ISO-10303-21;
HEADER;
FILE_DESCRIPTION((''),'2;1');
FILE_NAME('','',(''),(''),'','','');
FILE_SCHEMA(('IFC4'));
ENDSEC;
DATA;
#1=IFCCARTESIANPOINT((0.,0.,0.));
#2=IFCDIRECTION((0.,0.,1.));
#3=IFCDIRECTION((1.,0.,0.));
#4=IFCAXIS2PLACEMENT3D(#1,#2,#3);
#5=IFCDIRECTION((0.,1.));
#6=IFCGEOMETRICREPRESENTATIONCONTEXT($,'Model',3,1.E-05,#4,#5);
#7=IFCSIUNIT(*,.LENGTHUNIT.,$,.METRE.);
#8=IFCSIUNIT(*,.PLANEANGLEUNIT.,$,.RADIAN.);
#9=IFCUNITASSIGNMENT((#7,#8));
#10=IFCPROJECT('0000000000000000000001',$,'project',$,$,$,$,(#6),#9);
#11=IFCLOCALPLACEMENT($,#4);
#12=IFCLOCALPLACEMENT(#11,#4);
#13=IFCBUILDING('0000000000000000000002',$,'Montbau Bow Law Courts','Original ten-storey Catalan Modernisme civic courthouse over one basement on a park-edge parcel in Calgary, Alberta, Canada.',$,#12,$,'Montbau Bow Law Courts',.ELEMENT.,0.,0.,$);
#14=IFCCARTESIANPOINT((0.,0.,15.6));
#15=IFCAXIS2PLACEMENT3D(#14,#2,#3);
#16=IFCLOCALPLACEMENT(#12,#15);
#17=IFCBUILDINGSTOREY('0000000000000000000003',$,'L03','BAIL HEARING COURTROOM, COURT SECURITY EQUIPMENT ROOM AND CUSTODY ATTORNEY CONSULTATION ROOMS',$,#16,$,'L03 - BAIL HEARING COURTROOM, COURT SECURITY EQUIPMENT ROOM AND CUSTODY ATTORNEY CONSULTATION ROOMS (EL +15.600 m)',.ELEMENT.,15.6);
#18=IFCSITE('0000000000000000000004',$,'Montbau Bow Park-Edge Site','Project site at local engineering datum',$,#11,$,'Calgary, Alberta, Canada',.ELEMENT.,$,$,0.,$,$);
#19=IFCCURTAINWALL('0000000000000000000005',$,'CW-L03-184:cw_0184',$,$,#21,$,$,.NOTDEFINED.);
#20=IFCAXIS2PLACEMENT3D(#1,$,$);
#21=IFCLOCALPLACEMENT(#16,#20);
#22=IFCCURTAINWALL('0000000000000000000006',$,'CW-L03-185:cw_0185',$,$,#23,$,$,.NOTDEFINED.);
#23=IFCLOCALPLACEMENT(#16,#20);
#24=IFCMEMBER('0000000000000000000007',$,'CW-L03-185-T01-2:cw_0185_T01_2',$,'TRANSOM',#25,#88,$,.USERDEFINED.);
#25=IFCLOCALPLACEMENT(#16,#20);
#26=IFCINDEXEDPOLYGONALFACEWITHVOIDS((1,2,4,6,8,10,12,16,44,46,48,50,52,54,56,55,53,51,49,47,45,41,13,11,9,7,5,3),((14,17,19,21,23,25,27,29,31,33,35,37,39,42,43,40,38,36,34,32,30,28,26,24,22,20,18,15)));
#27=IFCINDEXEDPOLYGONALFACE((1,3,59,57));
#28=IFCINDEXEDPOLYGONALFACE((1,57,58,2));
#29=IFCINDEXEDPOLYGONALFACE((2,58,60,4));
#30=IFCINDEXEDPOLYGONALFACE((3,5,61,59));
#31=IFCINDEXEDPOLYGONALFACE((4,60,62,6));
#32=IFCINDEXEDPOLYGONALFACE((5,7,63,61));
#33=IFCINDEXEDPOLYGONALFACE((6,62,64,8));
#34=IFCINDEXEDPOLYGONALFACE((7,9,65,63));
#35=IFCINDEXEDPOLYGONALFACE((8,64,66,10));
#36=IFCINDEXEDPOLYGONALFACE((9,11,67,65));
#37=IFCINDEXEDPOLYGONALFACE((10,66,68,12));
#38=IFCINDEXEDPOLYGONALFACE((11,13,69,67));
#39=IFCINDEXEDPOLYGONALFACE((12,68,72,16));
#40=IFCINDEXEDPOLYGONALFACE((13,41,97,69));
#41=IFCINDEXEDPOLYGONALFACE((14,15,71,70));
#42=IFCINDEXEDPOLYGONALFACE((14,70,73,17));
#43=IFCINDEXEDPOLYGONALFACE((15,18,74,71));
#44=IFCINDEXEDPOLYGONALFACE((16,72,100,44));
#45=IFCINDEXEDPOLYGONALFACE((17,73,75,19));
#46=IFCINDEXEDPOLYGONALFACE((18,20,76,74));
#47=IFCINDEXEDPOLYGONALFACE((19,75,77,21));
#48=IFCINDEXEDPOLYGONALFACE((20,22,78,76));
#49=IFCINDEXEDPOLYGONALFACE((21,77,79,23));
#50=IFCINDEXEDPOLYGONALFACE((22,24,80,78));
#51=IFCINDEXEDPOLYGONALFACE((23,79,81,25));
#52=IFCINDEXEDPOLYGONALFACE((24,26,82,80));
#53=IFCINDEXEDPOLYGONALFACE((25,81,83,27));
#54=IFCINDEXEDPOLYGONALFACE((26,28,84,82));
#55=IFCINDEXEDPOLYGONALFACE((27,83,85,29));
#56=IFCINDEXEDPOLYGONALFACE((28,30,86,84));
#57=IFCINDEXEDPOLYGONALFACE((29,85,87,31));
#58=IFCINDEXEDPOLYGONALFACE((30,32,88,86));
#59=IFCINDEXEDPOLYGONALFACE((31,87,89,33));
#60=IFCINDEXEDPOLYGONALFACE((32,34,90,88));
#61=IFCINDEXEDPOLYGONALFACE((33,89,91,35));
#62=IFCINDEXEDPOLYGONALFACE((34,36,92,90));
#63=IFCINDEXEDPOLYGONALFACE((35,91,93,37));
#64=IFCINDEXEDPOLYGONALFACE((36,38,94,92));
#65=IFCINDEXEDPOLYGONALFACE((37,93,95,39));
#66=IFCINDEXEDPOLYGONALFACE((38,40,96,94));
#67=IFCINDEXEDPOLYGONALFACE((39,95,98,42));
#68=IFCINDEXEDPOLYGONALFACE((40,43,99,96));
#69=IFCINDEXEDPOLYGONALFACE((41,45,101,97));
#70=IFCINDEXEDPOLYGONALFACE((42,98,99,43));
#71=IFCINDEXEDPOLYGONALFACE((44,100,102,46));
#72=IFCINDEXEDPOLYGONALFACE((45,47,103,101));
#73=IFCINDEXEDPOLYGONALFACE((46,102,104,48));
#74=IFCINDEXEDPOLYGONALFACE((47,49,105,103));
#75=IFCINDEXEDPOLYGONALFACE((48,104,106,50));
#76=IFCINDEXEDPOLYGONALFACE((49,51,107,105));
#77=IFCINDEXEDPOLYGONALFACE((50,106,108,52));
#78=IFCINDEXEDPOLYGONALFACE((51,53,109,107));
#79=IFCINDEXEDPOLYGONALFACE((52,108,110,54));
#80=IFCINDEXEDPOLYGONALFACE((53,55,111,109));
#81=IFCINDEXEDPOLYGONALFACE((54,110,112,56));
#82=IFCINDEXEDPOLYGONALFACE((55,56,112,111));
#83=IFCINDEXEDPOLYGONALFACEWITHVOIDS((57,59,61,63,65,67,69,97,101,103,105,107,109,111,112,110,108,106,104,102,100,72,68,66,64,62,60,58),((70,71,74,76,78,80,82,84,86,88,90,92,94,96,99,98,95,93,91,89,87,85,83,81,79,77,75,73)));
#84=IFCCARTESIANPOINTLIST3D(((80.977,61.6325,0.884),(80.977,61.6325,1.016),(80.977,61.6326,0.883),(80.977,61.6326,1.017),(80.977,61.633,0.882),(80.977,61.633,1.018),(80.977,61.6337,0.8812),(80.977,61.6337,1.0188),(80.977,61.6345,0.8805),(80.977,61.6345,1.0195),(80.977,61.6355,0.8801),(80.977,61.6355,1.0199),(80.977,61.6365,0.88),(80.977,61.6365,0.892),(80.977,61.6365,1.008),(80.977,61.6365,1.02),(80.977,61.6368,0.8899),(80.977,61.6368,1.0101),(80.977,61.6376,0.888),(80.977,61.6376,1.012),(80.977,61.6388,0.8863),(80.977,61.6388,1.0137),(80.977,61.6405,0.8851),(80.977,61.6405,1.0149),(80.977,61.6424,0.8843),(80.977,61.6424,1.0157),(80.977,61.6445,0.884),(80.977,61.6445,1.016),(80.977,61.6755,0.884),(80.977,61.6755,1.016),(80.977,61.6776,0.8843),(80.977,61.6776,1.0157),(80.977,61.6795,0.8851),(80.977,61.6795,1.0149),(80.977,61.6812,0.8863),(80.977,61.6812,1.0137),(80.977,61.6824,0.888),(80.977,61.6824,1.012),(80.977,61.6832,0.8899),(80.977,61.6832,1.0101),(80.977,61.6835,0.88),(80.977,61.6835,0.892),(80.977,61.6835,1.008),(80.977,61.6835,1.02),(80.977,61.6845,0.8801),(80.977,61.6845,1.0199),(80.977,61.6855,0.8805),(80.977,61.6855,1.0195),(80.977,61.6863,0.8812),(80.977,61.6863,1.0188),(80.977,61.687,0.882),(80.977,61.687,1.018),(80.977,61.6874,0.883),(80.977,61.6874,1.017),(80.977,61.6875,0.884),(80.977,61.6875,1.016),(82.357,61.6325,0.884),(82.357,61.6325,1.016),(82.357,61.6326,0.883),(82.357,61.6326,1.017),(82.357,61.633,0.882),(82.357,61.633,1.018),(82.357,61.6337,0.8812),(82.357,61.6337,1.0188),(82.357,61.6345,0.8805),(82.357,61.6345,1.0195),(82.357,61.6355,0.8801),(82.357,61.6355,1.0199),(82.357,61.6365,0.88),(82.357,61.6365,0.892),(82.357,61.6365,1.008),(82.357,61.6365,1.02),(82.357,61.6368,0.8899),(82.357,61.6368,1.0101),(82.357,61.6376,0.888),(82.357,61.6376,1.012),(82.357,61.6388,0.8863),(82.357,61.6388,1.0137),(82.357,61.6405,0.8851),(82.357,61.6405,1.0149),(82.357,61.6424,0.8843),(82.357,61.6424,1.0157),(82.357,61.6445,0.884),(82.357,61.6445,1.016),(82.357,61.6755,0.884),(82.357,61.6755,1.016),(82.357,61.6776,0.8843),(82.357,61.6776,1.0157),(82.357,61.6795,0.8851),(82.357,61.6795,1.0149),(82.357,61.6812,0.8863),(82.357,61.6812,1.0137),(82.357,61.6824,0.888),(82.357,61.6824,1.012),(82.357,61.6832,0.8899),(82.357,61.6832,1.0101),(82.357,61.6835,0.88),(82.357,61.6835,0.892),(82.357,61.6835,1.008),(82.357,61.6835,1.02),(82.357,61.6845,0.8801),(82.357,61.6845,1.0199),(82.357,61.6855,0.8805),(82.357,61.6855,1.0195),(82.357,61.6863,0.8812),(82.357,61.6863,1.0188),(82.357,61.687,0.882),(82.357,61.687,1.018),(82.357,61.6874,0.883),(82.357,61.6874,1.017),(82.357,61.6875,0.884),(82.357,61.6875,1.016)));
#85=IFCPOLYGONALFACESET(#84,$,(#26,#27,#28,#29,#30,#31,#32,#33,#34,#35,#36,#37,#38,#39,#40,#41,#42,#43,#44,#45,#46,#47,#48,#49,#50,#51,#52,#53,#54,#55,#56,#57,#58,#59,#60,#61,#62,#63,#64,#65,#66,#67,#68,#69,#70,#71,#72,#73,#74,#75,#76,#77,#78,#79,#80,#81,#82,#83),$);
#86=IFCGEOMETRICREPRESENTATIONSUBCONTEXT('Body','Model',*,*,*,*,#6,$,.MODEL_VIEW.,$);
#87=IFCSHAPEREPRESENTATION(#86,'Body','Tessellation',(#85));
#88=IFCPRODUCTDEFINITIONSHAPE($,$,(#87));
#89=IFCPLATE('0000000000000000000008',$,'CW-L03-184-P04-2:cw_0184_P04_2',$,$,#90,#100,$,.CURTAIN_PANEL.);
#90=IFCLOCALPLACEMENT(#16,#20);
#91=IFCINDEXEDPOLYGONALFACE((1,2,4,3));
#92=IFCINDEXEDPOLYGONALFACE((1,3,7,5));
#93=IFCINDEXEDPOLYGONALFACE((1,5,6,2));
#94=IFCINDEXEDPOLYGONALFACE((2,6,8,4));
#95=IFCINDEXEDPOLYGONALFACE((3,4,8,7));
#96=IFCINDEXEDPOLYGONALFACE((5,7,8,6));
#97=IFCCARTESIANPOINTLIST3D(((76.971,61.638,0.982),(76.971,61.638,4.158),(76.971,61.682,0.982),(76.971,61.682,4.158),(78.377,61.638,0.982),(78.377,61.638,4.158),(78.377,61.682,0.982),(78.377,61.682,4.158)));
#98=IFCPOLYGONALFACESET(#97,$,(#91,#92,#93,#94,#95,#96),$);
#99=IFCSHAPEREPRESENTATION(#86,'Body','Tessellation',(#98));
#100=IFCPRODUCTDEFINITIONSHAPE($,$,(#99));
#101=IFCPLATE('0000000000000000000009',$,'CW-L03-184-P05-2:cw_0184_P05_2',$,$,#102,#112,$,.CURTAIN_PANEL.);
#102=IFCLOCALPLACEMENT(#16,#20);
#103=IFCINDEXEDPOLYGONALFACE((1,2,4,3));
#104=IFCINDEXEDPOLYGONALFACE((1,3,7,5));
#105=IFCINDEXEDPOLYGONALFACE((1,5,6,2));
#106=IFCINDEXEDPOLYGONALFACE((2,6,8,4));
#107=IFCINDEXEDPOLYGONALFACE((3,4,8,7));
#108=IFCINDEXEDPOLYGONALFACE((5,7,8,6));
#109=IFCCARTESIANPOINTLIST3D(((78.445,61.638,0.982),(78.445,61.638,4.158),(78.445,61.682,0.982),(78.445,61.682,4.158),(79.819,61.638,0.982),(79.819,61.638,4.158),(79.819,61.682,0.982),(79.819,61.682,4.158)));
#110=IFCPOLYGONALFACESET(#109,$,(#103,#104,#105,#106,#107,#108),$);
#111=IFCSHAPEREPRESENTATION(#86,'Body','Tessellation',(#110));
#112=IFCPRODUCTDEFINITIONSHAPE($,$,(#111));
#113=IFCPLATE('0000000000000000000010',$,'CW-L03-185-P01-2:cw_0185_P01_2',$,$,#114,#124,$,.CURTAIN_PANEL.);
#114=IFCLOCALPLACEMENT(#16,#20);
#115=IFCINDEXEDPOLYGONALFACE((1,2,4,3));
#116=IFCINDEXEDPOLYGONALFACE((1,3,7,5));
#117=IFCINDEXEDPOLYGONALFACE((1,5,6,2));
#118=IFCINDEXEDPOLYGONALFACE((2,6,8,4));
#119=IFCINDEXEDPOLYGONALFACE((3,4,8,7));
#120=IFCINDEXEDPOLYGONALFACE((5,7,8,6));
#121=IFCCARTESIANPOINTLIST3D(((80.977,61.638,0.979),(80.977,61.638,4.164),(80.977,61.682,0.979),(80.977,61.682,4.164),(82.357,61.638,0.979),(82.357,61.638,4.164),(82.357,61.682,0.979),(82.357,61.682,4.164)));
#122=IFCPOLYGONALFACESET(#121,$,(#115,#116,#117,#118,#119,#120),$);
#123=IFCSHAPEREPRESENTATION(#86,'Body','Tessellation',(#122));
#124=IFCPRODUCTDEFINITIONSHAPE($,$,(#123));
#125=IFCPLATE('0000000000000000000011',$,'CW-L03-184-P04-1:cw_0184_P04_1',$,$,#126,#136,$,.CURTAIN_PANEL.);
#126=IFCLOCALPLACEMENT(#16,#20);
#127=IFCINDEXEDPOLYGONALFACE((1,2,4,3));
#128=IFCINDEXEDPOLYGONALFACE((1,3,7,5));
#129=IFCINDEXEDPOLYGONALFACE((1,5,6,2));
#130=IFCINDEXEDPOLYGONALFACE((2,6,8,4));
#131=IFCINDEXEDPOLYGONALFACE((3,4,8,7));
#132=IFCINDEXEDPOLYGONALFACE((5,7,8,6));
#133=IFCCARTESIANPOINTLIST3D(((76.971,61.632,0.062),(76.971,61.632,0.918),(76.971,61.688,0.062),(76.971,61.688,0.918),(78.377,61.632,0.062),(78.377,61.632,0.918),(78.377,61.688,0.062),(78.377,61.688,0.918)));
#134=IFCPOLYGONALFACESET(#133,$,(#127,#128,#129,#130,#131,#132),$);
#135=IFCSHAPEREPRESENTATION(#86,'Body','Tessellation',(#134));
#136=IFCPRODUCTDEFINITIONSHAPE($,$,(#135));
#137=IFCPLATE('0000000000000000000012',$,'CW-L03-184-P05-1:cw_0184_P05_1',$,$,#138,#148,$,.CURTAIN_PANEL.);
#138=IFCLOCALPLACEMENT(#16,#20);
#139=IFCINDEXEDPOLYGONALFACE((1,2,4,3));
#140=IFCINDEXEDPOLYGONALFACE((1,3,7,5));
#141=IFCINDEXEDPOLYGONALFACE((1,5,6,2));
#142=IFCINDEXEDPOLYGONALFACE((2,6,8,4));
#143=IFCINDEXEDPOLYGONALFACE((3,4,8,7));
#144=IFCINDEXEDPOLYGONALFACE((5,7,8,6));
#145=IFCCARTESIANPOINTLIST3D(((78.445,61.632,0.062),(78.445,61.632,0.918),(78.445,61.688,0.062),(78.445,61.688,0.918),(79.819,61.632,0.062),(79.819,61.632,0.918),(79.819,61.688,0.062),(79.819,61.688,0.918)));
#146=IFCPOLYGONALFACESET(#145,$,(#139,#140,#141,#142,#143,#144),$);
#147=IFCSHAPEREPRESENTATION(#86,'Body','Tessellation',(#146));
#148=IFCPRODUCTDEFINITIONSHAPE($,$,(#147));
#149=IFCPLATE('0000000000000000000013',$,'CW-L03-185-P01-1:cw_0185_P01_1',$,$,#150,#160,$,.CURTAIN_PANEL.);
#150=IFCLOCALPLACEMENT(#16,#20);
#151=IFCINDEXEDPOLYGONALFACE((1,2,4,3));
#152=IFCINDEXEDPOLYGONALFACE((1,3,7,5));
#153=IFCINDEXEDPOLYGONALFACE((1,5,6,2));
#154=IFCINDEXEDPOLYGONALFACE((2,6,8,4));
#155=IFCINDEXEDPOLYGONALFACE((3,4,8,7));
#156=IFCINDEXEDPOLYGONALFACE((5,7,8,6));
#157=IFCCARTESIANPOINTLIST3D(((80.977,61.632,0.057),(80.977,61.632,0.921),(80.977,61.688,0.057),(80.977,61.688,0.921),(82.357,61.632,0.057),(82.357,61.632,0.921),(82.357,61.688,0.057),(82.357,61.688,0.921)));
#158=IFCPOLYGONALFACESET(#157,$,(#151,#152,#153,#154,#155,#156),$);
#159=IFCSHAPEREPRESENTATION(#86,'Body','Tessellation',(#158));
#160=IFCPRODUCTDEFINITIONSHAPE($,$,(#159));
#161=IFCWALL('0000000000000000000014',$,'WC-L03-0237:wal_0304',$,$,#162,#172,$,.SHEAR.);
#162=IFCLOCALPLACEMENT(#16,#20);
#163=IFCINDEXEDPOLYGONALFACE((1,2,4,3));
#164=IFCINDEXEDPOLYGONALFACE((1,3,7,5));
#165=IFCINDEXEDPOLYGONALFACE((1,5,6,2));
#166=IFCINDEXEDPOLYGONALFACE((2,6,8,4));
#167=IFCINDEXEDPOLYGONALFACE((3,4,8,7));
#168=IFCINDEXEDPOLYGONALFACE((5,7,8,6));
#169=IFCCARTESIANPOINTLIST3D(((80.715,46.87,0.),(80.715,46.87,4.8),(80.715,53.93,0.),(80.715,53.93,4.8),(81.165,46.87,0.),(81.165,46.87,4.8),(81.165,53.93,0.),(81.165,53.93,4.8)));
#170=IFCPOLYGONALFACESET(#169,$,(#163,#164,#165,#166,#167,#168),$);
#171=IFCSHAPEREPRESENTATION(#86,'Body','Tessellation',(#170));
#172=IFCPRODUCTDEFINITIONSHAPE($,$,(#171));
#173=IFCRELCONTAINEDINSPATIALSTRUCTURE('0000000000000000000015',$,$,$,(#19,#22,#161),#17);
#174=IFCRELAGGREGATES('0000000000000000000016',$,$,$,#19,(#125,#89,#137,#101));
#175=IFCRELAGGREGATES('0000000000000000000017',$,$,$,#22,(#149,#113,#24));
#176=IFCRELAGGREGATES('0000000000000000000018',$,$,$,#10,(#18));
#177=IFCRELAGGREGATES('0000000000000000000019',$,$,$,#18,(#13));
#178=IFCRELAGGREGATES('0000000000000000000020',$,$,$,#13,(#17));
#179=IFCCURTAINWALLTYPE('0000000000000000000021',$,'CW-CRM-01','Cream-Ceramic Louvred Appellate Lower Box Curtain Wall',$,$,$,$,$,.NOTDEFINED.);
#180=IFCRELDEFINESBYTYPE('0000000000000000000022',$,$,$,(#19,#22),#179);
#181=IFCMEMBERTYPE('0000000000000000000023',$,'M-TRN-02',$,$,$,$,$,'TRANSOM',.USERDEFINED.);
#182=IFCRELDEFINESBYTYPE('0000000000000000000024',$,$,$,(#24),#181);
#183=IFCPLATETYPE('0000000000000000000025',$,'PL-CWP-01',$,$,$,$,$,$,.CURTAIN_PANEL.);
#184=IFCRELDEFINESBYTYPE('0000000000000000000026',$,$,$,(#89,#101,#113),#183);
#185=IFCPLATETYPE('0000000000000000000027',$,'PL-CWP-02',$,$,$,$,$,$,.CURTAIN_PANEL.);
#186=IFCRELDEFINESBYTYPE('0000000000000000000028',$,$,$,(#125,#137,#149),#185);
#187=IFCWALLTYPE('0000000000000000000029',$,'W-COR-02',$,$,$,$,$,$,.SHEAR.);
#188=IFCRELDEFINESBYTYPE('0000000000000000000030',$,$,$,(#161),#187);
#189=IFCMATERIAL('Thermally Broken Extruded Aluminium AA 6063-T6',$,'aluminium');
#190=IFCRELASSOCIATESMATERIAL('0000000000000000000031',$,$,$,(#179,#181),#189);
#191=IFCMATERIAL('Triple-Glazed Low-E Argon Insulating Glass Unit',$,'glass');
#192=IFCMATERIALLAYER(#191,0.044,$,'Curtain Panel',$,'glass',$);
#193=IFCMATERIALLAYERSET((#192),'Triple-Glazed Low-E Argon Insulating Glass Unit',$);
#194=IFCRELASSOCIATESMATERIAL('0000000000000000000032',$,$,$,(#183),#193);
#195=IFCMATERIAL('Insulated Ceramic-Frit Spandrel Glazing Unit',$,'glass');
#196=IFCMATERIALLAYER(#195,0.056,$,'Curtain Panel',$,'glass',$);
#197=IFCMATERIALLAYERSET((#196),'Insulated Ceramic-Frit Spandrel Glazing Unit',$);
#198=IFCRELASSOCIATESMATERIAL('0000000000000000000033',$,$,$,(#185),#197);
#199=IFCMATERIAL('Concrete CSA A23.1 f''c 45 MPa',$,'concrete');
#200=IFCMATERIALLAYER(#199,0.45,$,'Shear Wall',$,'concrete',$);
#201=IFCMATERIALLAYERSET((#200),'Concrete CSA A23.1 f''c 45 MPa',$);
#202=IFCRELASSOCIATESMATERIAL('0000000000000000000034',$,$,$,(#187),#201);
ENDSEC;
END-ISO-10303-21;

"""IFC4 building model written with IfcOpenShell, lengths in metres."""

from ifc_helpers import new_model, si_unit, direction, frame, frame_2d, origin_with_axes, origin_2d_with_axis, place, context, subcontext, project, spatial, rectangle, hollow_rectangle, extrude, material, layer, layer_set, material_profile, profile_set, type_object, element, aggregate, save


model = new_model("IFC4")

# Units and contexts
model_context = context("Model", 3, precision=1e-05, world=origin_with_axes(), true_north=direction((0.0, 1.0)))
body_context = subcontext(model_context, "Body", "Model", "MODEL_VIEW")
ifc_project = project(units=[si_unit("LENGTHUNIT", "METRE"), si_unit("PLANEANGLEUNIT", "RADIAN")], contexts=[model_context])

# Site, building, storey
site_placement = place(None, origin_with_axes())
site = spatial("IfcSite", under=ifc_project, at=site_placement, Name="Montbau Bow Park-Edge Site", Description="Project site at local engineering datum", LongName="Calgary, Alberta, Canada", CompositionType="ELEMENT", RefElevation=0.0)
building_placement = place(site_placement, origin_with_axes())
building = spatial("IfcBuilding", under=site, at=building_placement, Name="Montbau Bow Law Courts", Description="Original ten-storey Catalan Modernisme civic courthouse over one basement on a park-edge parcel in Calgary, Alberta, Canada.", LongName="Montbau Bow Law Courts", CompositionType="ELEMENT", ElevationOfRefHeight=0.0, ElevationOfTerrain=0.0)
storey_placement = place(building_placement, frame((0.0, 0.0, 15.6), z_axis=(0.0, 0.0, 1.0), x_axis=(1.0, 0.0, 0.0)))
storey = spatial("IfcBuildingStorey", under=building, at=storey_placement, Name="L03", Description="BAIL HEARING COURTROOM, COURT SECURITY EQUIPMENT ROOM AND CUSTODY ATTORNEY CONSULTATION ROOMS", LongName="L03 - BAIL HEARING COURTROOM, COURT SECURITY EQUIPMENT ROOM AND CUSTODY ATTORNEY CONSULTATION ROOMS (EL +15.600 m)", CompositionType="ELEMENT", Elevation=15.6)

# Curtain wall
ifc_material_1 = material(Name="Thermally Broken Extruded Aluminium AA 6063-T6", Category="aluminium")
curtain_wall_type = type_object("IfcCurtainWallType", Name="CW-CRM-01", Description="Cream-Ceramic Louvred Appellate Lower Box Curtain Wall", PredefinedType="NOTDEFINED", material=ifc_material_1)
curtain_wall_1_placement = place(None, frame((72.515, 61.66, 15.6), z_axis=(0.0, 0.0, 1.0), x_axis=(1.0, 0.0, 0.0)))
curtain_wall_1 = element("IfcCurtainWall", 1, at=curtain_wall_1_placement, inside=storey, type_object=curtain_wall_type, Name="CW-L03-184:cw_0184", PredefinedType="NOTDEFINED")

# Curtain wall
curtain_wall_2_placement = place(None, frame((80.915, 61.66, 15.6), z_axis=(0.0, 0.0, 1.0), x_axis=(1.0, 0.0, 0.0)))
curtain_wall_2 = element("IfcCurtainWall", 2, at=curtain_wall_2_placement, inside=storey, type_object=curtain_wall_type, Name="CW-L03-185:cw_0185", PredefinedType="NOTDEFINED")

# Member
ifc_material_profile_1 = material_profile(ifc_material_1, hollow_rectangle(XDim=0.055, YDim=0.14, WallThickness=0.004, InnerFilletRadius=0.008, OuterFilletRadius=0.004, at=origin_2d_with_axis()), Name="CWT-140X55", Category="Main", Priority=0)
ifc_profile_set_1 = profile_set([ifc_material_profile_1], Name="Thermally Broken Extruded Aluminium AA 6063-T6")
member_type_1 = type_object("IfcMemberType", Name="M-TRN-02", ElementType="TRANSOM", PredefinedType="USERDEFINED", material=ifc_profile_set_1)
member_1_placement = place(None, frame((80.977, 61.66, 16.55), z_axis=(1.0, 0.0, 0.0), x_axis=(0.0, 1.0, 0.0)))
member_1 = element("IfcMember", 3, at=member_1_placement, type_object=member_type_1, Name="CW-L03-185-T01-2:cw_0185_T01_2", ObjectType="TRANSOM", PredefinedType="USERDEFINED", context=body_context, shape_type="SweptSolid", body=[
    extrude(hollow_rectangle(XDim=0.055, YDim=0.14, WallThickness=0.004, InnerFilletRadius=0.008, OuterFilletRadius=0.004, at=origin_2d_with_axis()), origin_with_axes(), (0.0, 0.0, 1.0), 1.38),
])

# Plates
ifc_material_2 = material(Name="Triple-Glazed Low-E Argon Insulating Glass Unit", Category="glass")
ifc_layer_1 = layer(ifc_material_2, 0.044, Name="Curtain Panel", Category="glass")
ifc_layer_set_1 = layer_set([ifc_layer_1], Name="Triple-Glazed Low-E Argon Insulating Glass Unit")
plate_type_1 = type_object("IfcPlateType", Name="PL-CWP-01", PredefinedType="CURTAIN_PANEL", material=ifc_layer_set_1)
plate_1_placement = place(None, frame((76.971, 61.66, 16.582), z_axis=(0.0, -1.0, 0.0), x_axis=(1.0, 0.0, 0.0)))
plate_1 = element("IfcPlate", 4, at=plate_1_placement, type_object=plate_type_1, Name="CW-L03-184-P04-2:cw_0184_P04_2", PredefinedType="CURTAIN_PANEL", context=body_context, shape_type="SweptSolid", body=[
    extrude(rectangle(XDim=1.406, YDim=3.176, at=frame_2d((0.703, 1.588), x_axis=(1.0, 0.0))), frame((0.0, 0.0, -0.022), z_axis=(0.0, 0.0, 1.0), x_axis=(1.0, 0.0, 0.0)), (0.0, 0.0, 1.0), 0.044),
])
plate_2_placement = place(None, frame((78.445, 61.66, 16.582), z_axis=(0.0, -1.0, 0.0), x_axis=(1.0, 0.0, 0.0)))
plate_2 = element("IfcPlate", 5, at=plate_2_placement, type_object=plate_type_1, Name="CW-L03-184-P05-2:cw_0184_P05_2", PredefinedType="CURTAIN_PANEL", context=body_context, shape_type="SweptSolid", body=[
    extrude(rectangle(XDim=1.374, YDim=3.176, at=frame_2d((0.687, 1.588), x_axis=(1.0, 0.0))), frame((0.0, 0.0, -0.022), z_axis=(0.0, 0.0, 1.0), x_axis=(1.0, 0.0, 0.0)), (0.0, 0.0, 1.0), 0.044),
])
plate_3_placement = place(None, frame((80.977, 61.66, 16.579), z_axis=(0.0, -1.0, 0.0), x_axis=(1.0, 0.0, 0.0)))
plate_3 = element("IfcPlate", 6, at=plate_3_placement, type_object=plate_type_1, Name="CW-L03-185-P01-2:cw_0185_P01_2", PredefinedType="CURTAIN_PANEL", context=body_context, shape_type="SweptSolid", body=[
    extrude(rectangle(XDim=1.38, YDim=3.185, at=frame_2d((0.69, 1.5925), x_axis=(1.0, 0.0))), frame((0.0, 0.0, -0.022), z_axis=(0.0, 0.0, 1.0), x_axis=(1.0, 0.0, 0.0)), (0.0, 0.0, 1.0), 0.044),
])
ifc_material_3 = material(Name="Insulated Ceramic-Frit Spandrel Glazing Unit", Category="glass")
ifc_layer_2 = layer(ifc_material_3, 0.056, Name="Curtain Panel", Category="glass")
ifc_layer_set_2 = layer_set([ifc_layer_2], Name="Insulated Ceramic-Frit Spandrel Glazing Unit")
plate_type_2 = type_object("IfcPlateType", Name="PL-CWP-02", PredefinedType="CURTAIN_PANEL", material=ifc_layer_set_2)
plate_4_placement = place(None, frame((76.971, 61.66, 15.662), z_axis=(0.0, -1.0, 0.0), x_axis=(1.0, 0.0, 0.0)))
plate_4 = element("IfcPlate", 7, at=plate_4_placement, type_object=plate_type_2, Name="CW-L03-184-P04-1:cw_0184_P04_1", PredefinedType="CURTAIN_PANEL", context=body_context, shape_type="SweptSolid", body=[
    extrude(rectangle(XDim=1.406, YDim=0.856, at=frame_2d((0.703, 0.428), x_axis=(1.0, 0.0))), frame((0.0, 0.0, -0.028), z_axis=(0.0, 0.0, 1.0), x_axis=(1.0, 0.0, 0.0)), (0.0, 0.0, 1.0), 0.056),
])
plate_5_placement = place(None, frame((78.445, 61.66, 15.662), z_axis=(0.0, -1.0, 0.0), x_axis=(1.0, 0.0, 0.0)))
plate_5 = element("IfcPlate", 8, at=plate_5_placement, type_object=plate_type_2, Name="CW-L03-184-P05-1:cw_0184_P05_1", PredefinedType="CURTAIN_PANEL", context=body_context, shape_type="SweptSolid", body=[
    extrude(rectangle(XDim=1.374, YDim=0.856, at=frame_2d((0.687, 0.428), x_axis=(1.0, 0.0))), frame((0.0, 0.0, -0.028), z_axis=(0.0, 0.0, 1.0), x_axis=(1.0, 0.0, 0.0)), (0.0, 0.0, 1.0), 0.056),
])
aggregate(curtain_wall_1, [plate_4, plate_1, plate_5, plate_2])
plate_6_placement = place(None, frame((80.977, 61.66, 15.657), z_axis=(0.0, -1.0, 0.0), x_axis=(1.0, 0.0, 0.0)))
plate_6 = element("IfcPlate", 9, at=plate_6_placement, type_object=plate_type_2, Name="CW-L03-185-P01-1:cw_0185_P01_1", PredefinedType="CURTAIN_PANEL", context=body_context, shape_type="SweptSolid", body=[
    extrude(rectangle(XDim=1.38, YDim=0.864, at=frame_2d((0.69, 0.432), x_axis=(1.0, 0.0))), frame((0.0, 0.0, -0.028), z_axis=(0.0, 0.0, 1.0), x_axis=(1.0, 0.0, 0.0)), (0.0, 0.0, 1.0), 0.056),
])
aggregate(curtain_wall_2, [plate_6, plate_3, member_1])

# Wall
ifc_material_4 = material(Name="Concrete CSA A23.1 f'c 45 MPa", Category="concrete")
ifc_layer_3 = layer(ifc_material_4, 0.45, Name="Shear Wall", Category="concrete")
ifc_layer_set_3 = layer_set([ifc_layer_3], Name="Concrete CSA A23.1 f'c 45 MPa")
wall_type = type_object("IfcWallType", Name="W-COR-02", PredefinedType="SHEAR", material=ifc_layer_set_3)
wall_placement = place(None, frame((80.94, 53.93, 15.6), z_axis=(0.0, 0.0, 1.0), x_axis=(0.0, -1.0, 0.0)))
element("IfcWall", 10, at=wall_placement, inside=storey, type_object=wall_type, Name="WC-L03-0237:wal_0304", PredefinedType="SHEAR", context=body_context, shape_type="SweptSolid", body=[
    extrude(rectangle(XDim=7.06, YDim=0.45, at=frame_2d((3.53, 0.0), x_axis=(1.0, 0.0))), origin_with_axes(), (0.0, 0.0, 1.0), 4.8),
])

save(model, "model.ifc")
